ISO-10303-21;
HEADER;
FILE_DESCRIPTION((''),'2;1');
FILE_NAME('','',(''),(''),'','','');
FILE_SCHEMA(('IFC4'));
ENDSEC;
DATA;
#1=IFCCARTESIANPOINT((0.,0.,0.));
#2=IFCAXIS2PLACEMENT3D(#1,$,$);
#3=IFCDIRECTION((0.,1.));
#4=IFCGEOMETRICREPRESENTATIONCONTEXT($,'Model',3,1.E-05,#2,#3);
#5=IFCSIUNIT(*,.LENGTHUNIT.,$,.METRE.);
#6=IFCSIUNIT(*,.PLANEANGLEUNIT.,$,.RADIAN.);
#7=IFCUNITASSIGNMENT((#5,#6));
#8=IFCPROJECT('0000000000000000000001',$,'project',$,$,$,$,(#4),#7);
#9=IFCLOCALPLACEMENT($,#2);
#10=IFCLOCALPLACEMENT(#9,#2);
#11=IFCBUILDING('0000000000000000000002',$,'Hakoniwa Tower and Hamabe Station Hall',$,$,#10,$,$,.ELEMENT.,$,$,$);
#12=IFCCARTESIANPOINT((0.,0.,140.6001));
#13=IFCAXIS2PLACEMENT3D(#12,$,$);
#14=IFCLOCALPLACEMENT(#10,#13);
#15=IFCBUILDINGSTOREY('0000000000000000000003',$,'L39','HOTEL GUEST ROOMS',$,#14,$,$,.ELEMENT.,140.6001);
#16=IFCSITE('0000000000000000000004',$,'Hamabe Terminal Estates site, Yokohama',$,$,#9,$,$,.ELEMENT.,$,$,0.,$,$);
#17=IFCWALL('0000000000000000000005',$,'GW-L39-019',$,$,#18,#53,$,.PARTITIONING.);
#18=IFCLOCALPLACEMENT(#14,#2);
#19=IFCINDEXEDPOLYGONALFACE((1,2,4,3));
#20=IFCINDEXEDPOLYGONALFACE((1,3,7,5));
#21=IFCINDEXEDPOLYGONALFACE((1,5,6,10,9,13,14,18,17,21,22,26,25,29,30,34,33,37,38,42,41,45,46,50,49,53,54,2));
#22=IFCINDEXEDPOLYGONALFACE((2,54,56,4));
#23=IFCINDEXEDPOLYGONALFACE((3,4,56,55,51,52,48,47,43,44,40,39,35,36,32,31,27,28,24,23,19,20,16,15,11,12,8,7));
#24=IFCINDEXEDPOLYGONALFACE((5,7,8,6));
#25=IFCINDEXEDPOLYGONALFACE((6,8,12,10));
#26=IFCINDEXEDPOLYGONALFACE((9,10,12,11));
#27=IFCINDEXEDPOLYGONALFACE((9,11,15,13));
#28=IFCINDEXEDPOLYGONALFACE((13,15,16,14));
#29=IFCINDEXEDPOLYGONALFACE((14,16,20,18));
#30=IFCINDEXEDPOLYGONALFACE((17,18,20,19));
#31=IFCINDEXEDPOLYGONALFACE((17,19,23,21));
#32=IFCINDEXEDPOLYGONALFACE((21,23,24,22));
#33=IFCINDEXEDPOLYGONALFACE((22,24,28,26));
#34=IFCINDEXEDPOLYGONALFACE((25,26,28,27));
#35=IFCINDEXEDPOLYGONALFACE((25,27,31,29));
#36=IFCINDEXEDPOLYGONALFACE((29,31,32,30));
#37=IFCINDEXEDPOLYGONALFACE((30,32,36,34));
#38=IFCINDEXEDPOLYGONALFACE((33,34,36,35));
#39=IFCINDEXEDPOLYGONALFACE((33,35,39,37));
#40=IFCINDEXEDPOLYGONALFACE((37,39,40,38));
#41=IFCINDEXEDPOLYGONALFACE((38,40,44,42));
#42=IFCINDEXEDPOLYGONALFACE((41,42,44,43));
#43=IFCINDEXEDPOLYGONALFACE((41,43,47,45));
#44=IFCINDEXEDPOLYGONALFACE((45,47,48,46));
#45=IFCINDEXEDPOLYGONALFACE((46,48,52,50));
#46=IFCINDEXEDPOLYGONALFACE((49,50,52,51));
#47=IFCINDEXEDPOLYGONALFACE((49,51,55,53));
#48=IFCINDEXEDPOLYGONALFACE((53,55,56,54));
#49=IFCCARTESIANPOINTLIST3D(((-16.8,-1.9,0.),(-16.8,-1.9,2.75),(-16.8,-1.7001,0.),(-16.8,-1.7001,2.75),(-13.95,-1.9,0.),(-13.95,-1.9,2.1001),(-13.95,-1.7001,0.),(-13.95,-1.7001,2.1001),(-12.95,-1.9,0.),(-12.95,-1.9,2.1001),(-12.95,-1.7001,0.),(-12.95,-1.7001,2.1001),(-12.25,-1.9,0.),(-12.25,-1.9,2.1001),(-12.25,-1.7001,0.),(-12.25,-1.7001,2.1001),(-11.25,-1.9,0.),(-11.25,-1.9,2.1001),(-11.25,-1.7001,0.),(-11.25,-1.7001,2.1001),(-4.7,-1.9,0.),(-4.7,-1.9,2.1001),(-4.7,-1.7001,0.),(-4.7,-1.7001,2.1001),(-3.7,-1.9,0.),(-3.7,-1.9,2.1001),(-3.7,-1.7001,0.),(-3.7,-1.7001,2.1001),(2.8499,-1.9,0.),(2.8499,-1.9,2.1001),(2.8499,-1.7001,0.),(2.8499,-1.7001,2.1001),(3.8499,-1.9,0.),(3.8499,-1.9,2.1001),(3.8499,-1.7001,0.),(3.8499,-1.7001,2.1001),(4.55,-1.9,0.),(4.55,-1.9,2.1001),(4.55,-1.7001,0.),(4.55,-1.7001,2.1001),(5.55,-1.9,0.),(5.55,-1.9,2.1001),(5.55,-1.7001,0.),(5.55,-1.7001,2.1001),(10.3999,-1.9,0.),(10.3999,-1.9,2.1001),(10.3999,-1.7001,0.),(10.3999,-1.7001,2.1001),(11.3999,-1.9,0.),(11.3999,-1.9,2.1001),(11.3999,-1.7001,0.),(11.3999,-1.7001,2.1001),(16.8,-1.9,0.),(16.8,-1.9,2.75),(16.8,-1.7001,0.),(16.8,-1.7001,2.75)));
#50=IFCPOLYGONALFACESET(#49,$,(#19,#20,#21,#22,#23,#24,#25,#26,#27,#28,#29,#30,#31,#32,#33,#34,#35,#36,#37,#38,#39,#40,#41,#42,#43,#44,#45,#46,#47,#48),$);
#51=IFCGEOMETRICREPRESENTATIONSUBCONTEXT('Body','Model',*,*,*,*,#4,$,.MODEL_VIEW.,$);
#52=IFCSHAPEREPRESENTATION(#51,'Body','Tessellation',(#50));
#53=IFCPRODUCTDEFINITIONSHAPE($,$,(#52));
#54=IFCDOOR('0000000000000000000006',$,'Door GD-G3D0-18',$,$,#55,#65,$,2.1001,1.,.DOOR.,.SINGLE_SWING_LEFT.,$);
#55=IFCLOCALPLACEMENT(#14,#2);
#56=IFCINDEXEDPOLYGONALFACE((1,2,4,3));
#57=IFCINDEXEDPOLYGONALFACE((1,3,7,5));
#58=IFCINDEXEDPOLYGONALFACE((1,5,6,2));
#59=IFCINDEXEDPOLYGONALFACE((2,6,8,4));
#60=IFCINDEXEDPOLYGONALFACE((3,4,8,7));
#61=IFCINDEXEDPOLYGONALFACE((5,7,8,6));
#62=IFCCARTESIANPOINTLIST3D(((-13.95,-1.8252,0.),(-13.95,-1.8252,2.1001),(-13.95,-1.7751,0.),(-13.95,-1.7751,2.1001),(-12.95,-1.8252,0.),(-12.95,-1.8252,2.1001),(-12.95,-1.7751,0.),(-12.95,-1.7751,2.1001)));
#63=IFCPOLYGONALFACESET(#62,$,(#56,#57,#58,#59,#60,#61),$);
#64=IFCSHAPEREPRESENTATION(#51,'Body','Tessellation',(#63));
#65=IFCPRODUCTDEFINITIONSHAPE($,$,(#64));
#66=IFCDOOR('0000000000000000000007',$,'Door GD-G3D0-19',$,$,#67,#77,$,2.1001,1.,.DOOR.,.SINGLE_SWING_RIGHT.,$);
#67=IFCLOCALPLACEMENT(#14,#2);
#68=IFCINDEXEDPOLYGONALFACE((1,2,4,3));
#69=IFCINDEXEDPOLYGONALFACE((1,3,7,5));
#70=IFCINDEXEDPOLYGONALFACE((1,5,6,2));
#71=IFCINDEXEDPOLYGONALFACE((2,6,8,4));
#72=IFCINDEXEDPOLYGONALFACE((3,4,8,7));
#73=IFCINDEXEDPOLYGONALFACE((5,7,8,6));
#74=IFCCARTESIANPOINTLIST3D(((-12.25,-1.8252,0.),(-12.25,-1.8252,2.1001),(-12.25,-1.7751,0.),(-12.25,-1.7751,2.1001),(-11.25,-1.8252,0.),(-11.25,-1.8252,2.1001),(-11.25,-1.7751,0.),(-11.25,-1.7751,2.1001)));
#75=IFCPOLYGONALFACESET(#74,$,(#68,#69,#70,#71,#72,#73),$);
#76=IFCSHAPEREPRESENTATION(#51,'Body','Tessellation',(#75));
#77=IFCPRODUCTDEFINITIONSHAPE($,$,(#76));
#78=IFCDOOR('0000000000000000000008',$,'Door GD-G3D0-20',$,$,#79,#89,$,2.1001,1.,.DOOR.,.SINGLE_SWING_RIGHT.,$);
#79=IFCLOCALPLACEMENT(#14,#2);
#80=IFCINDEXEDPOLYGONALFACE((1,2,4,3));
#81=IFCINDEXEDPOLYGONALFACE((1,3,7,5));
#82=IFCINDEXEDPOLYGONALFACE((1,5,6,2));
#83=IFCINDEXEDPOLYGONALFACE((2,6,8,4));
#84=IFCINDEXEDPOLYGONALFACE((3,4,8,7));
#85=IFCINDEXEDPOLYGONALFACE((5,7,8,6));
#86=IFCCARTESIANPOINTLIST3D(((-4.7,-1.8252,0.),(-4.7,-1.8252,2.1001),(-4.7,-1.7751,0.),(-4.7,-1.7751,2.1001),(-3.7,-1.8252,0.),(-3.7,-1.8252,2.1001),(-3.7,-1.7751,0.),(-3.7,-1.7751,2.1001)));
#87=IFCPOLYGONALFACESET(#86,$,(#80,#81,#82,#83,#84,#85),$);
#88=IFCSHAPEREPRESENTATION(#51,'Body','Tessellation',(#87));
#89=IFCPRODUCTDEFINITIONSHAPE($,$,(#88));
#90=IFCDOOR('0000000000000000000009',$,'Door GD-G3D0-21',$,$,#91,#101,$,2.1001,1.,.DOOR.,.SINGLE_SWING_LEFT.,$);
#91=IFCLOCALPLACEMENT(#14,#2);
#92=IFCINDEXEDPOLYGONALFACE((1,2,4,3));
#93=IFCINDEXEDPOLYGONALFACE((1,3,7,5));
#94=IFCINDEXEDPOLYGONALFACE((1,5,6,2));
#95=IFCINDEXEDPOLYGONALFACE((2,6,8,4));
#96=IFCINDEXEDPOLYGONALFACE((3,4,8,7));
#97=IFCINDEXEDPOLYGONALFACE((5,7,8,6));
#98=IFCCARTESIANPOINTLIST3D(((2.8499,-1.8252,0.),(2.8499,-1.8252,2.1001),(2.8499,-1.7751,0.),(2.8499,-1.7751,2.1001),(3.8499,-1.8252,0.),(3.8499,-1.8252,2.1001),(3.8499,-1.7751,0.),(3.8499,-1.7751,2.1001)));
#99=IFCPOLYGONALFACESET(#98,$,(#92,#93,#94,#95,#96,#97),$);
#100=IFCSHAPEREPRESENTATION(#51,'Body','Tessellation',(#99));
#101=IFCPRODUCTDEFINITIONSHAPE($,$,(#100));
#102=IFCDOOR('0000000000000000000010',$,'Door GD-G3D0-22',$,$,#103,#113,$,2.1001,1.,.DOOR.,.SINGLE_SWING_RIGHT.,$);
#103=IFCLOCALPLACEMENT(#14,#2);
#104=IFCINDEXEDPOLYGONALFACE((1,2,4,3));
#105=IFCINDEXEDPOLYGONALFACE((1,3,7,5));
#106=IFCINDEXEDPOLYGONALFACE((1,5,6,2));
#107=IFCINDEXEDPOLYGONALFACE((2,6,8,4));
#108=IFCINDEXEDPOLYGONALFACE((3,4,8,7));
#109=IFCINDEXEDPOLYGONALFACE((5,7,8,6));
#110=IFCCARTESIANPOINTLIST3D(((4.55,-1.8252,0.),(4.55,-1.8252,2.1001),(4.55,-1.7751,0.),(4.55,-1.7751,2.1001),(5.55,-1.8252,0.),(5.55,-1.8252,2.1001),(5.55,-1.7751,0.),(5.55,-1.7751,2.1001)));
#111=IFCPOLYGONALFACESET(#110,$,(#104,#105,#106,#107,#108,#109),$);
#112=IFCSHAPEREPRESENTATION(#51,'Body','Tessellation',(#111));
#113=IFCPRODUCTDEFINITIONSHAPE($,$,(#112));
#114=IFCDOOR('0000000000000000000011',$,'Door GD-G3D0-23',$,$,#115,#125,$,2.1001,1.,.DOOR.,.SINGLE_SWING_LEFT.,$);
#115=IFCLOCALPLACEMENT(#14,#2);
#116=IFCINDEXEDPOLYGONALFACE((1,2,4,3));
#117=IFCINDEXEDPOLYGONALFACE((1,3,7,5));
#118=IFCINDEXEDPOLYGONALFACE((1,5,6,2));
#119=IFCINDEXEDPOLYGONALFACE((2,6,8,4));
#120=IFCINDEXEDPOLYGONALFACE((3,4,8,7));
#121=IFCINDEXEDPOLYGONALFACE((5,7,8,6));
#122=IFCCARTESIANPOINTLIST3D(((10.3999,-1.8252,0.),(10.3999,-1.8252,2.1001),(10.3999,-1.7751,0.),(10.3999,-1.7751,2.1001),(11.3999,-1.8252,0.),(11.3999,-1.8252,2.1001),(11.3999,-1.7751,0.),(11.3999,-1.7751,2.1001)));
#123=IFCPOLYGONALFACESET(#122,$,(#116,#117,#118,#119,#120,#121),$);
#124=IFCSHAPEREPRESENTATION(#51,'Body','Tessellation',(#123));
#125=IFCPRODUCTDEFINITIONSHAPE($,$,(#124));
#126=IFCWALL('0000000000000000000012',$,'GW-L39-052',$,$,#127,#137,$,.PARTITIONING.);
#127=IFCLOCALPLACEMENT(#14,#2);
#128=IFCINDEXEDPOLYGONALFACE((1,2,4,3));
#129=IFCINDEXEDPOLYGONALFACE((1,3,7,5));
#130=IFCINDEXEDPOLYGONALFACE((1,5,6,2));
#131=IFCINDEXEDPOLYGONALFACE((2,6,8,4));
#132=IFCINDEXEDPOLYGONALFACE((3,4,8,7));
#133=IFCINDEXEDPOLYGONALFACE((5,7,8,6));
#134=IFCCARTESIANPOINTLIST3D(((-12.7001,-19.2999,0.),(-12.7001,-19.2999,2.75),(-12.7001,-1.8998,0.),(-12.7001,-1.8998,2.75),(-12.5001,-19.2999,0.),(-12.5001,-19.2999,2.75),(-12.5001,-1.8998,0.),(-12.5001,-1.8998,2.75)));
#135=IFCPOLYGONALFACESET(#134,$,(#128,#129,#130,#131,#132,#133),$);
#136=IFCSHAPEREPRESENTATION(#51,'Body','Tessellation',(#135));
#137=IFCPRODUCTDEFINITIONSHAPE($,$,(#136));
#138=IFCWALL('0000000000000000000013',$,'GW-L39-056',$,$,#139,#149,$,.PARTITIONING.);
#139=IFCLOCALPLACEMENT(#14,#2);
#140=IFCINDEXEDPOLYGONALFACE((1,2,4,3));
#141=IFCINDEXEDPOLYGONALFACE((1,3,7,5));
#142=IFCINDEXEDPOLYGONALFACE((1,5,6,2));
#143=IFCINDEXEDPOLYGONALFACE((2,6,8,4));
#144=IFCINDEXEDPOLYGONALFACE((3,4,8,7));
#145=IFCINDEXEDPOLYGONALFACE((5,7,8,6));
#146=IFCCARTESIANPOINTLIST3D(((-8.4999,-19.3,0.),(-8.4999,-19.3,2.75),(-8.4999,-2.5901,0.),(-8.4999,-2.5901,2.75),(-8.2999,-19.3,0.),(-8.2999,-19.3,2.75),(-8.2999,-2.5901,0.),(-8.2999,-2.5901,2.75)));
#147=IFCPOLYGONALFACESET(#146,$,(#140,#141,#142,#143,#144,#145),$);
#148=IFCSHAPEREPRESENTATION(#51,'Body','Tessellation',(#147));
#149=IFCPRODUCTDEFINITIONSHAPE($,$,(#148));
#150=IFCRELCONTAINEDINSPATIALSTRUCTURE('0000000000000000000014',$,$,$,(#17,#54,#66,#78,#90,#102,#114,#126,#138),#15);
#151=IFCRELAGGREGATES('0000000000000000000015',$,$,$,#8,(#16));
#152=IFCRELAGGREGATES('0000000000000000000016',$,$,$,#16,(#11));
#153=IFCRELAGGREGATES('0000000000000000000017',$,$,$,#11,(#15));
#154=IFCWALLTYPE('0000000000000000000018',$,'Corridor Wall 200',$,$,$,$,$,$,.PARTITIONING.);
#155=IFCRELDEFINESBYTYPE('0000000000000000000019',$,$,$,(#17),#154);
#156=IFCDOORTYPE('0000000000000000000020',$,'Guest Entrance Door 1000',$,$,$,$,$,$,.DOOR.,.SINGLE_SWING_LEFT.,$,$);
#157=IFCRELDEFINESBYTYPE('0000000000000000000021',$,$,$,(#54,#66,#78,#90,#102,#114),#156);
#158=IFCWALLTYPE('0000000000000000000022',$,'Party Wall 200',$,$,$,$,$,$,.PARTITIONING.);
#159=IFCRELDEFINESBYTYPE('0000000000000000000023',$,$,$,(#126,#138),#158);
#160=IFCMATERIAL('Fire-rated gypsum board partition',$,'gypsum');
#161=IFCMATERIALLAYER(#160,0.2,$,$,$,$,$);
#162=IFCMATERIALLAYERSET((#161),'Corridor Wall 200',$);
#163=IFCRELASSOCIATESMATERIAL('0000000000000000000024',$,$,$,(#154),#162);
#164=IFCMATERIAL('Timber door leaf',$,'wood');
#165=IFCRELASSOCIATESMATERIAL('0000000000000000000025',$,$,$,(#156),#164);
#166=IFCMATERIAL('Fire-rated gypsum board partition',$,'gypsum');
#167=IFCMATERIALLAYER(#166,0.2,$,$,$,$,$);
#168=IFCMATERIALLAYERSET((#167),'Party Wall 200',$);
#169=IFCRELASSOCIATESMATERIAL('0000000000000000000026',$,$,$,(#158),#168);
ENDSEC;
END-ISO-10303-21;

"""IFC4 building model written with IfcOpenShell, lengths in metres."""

from ifc_helpers import new_model, si_unit, direction, frame, frame_2d, origin, place, context, subcontext, project, spatial, rectangle, extrude, material, layer, layer_set, type_object, element, fill, save


model = new_model("IFC4")

# Units and contexts
model_context = context("Model", 3, precision=1e-05, world=origin(), true_north=direction((0.0, 1.0)))
body_context = subcontext(model_context, "Body", "Model", "MODEL_VIEW")
ifc_project = project(units=[si_unit("LENGTHUNIT", "METRE"), si_unit("PLANEANGLEUNIT", "RADIAN")], contexts=[model_context])

# Site, building, storey
site_placement = place(None, origin())
site = spatial("IfcSite", under=ifc_project, at=site_placement, Name="Hamabe Terminal Estates site, Yokohama", CompositionType="ELEMENT", RefElevation=0.0)
building_placement = place(site_placement, origin())
building = spatial("IfcBuilding", under=site, at=building_placement, Name="Hakoniwa Tower and Hamabe Station Hall", CompositionType="ELEMENT")
storey_placement = place(building_placement, frame((0.0, 0.0, 140.6001)))
storey = spatial("IfcBuildingStorey", under=building, at=storey_placement, Name="L39", Description="HOTEL GUEST ROOMS", CompositionType="ELEMENT", Elevation=140.6001)

# Wall, openings, doors
ifc_material_1 = material(Name="Fire-rated gypsum board partition", Category="gypsum")
ifc_layer_1 = layer(ifc_material_1, 0.2)
ifc_layer_set_1 = layer_set([ifc_layer_1], Name="Corridor Wall 200")
wall_type_1 = type_object("IfcWallType", Name="Corridor Wall 200", PredefinedType="PARTITIONING", material=ifc_layer_set_1)
wall_1_placement = place(storey_placement, frame((-16.8, -1.8, 0.0), z_axis=(0.0, 0.0, 1.0), x_axis=(1.0, 0.0, 0.0)))
wall_1 = element("IfcWall", 1, at=wall_1_placement, inside=storey, type_object=wall_type_1, Name="GW-L39-019", PredefinedType="PARTITIONING", context=body_context, shape_type="SweptSolid", body=[
    extrude(rectangle(XDim=33.6001, YDim=0.2, at=frame_2d((16.8, 0.0))), origin(), (0.0, 0.0, 1.0), 2.75),
])
opening_1_placement = place(wall_1_placement, frame((2.8501, 0.0, 0.0)))
opening_1 = element("IfcOpeningElement", 2, at=opening_1_placement, cuts=wall_1, PredefinedType="OPENING", context=body_context, shape_type="SweptSolid", body=[
    extrude(rectangle(XDim=1.0, YDim=2.1001, at=frame_2d((0.5, 1.05))), frame((0.0, 0.1099, 0.0), z_axis=(0.0, -1.0, 0.0), x_axis=(1.0, 0.0, 0.0)), (0.0, 0.0, 1.0), 0.22),
])
opening_2_placement = place(wall_1_placement, frame((4.55, 0.0, 0.0)))
opening_2 = element("IfcOpeningElement", 3, at=opening_2_placement, cuts=wall_1, PredefinedType="OPENING", context=body_context, shape_type="SweptSolid", body=[
    extrude(rectangle(XDim=1.0, YDim=2.1001, at=frame_2d((0.5, 1.05))), frame((0.0, 0.1099, 0.0), z_axis=(0.0, -1.0, 0.0), x_axis=(1.0, 0.0, 0.0)), (0.0, 0.0, 1.0), 0.22),
])
opening_3_placement = place(wall_1_placement, frame((12.1001, 0.0, 0.0)))
opening_3 = element("IfcOpeningElement", 4, at=opening_3_placement, cuts=wall_1, PredefinedType="OPENING", context=body_context, shape_type="SweptSolid", body=[
    extrude(rectangle(XDim=1.0, YDim=2.1001, at=frame_2d((0.5, 1.05))), frame((0.0, 0.1099, 0.0), z_axis=(0.0, -1.0, 0.0), x_axis=(1.0, 0.0, 0.0)), (0.0, 0.0, 1.0), 0.22),
])
opening_4_placement = place(wall_1_placement, frame((19.6499, 0.0, 0.0)))
opening_4 = element("IfcOpeningElement", 5, at=opening_4_placement, cuts=wall_1, PredefinedType="OPENING", context=body_context, shape_type="SweptSolid", body=[
    extrude(rectangle(XDim=1.0, YDim=2.1001, at=frame_2d((0.5, 1.05))), frame((0.0, 0.1099, 0.0), z_axis=(0.0, -1.0, 0.0), x_axis=(1.0, 0.0, 0.0)), (0.0, 0.0, 1.0), 0.22),
])
opening_5_placement = place(wall_1_placement, frame((21.3501, 0.0, 0.0)))
opening_5 = element("IfcOpeningElement", 6, at=opening_5_placement, cuts=wall_1, PredefinedType="OPENING", context=body_context, shape_type="SweptSolid", body=[
    extrude(rectangle(XDim=1.0, YDim=2.1001, at=frame_2d((0.5, 1.05))), frame((0.0, 0.1099, 0.0), z_axis=(0.0, -1.0, 0.0), x_axis=(1.0, 0.0, 0.0)), (0.0, 0.0, 1.0), 0.22),
])
opening_6_placement = place(wall_1_placement, frame((27.2, 0.0, 0.0)))
opening_6 = element("IfcOpeningElement", 7, at=opening_6_placement, cuts=wall_1, PredefinedType="OPENING", context=body_context, shape_type="SweptSolid", body=[
    extrude(rectangle(XDim=1.0, YDim=2.1001, at=frame_2d((0.5, 1.05))), frame((0.0, 0.1099, 0.0), z_axis=(0.0, -1.0, 0.0), x_axis=(1.0, 0.0, 0.0)), (0.0, 0.0, 1.0), 0.22),
])
ifc_material_2 = material(Name="Timber door leaf", Category="wood")
door_type_1 = type_object("IfcDoorType", Name="Guest Entrance Door 1000", OperationType="SINGLE_SWING_LEFT", PredefinedType="DOOR", material=ifc_material_2)
door_1_placement = place(opening_1_placement, origin())
door_1 = element("IfcDoor", 8, at=door_1_placement, inside=storey, type_object=door_type_1, Name="Door GD-G3D0-18", OperationType="SINGLE_SWING_LEFT", OverallHeight=2.1001, OverallWidth=1.0, PredefinedType="DOOR", context=body_context, shape_type="SweptSolid", body=[
    extrude(rectangle(XDim=1.0, YDim=2.1001, at=frame_2d((0.5, 1.05))), frame((0.0, 0.0249, 0.0), z_axis=(0.0, -1.0, 0.0), x_axis=(1.0, 0.0, 0.0)), (0.0, 0.0, 1.0), 0.05),
])
fill(opening_1, door_1)
door_2_placement = place(opening_2_placement, origin())
door_2 = element("IfcDoor", 9, at=door_2_placement, inside=storey, type_object=door_type_1, Name="Door GD-G3D0-19", OperationType="SINGLE_SWING_RIGHT", OverallHeight=2.1001, OverallWidth=1.0, PredefinedType="DOOR", context=body_context, shape_type="SweptSolid", body=[
    extrude(rectangle(XDim=1.0, YDim=2.1001, at=frame_2d((0.5, 1.05))), frame((0.0, 0.0249, 0.0), z_axis=(0.0, -1.0, 0.0), x_axis=(1.0, 0.0, 0.0)), (0.0, 0.0, 1.0), 0.05),
])
fill(opening_2, door_2)
door_3_placement = place(opening_3_placement, origin())
door_3 = element("IfcDoor", 10, at=door_3_placement, inside=storey, type_object=door_type_1, Name="Door GD-G3D0-20", OperationType="SINGLE_SWING_RIGHT", OverallHeight=2.1001, OverallWidth=1.0, PredefinedType="DOOR", context=body_context, shape_type="SweptSolid", body=[
    extrude(rectangle(XDim=1.0, YDim=2.1001, at=frame_2d((0.5, 1.05))), frame((0.0, 0.0249, 0.0), z_axis=(0.0, -1.0, 0.0), x_axis=(1.0, 0.0, 0.0)), (0.0, 0.0, 1.0), 0.05),
])
fill(opening_3, door_3)
door_4_placement = place(opening_4_placement, origin())
door_4 = element("IfcDoor", 11, at=door_4_placement, inside=storey, type_object=door_type_1, Name="Door GD-G3D0-21", OperationType="SINGLE_SWING_LEFT", OverallHeight=2.1001, OverallWidth=1.0, PredefinedType="DOOR", context=body_context, shape_type="SweptSolid", body=[
    extrude(rectangle(XDim=1.0, YDim=2.1001, at=frame_2d((0.5, 1.05))), frame((0.0, 0.0249, 0.0), z_axis=(0.0, -1.0, 0.0), x_axis=(1.0, 0.0, 0.0)), (0.0, 0.0, 1.0), 0.05),
])
fill(opening_4, door_4)
door_5_placement = place(opening_5_placement, origin())
door_5 = element("IfcDoor", 12, at=door_5_placement, inside=storey, type_object=door_type_1, Name="Door GD-G3D0-22", OperationType="SINGLE_SWING_RIGHT", OverallHeight=2.1001, OverallWidth=1.0, PredefinedType="DOOR", context=body_context, shape_type="SweptSolid", body=[
    extrude(rectangle(XDim=1.0, YDim=2.1001, at=frame_2d((0.5, 1.05))), frame((0.0, 0.0249, 0.0), z_axis=(0.0, -1.0, 0.0), x_axis=(1.0, 0.0, 0.0)), (0.0, 0.0, 1.0), 0.05),
])
fill(opening_5, door_5)
door_6_placement = place(opening_6_placement, origin())
door_6 = element("IfcDoor", 13, at=door_6_placement, inside=storey, type_object=door_type_1, Name="Door GD-G3D0-23", OperationType="SINGLE_SWING_LEFT", OverallHeight=2.1001, OverallWidth=1.0, PredefinedType="DOOR", context=body_context, shape_type="SweptSolid", body=[
    extrude(rectangle(XDim=1.0, YDim=2.1001, at=frame_2d((0.5, 1.05))), frame((0.0, 0.0249, 0.0), z_axis=(0.0, -1.0, 0.0), x_axis=(1.0, 0.0, 0.0)), (0.0, 0.0, 1.0), 0.05),
])
fill(opening_6, door_6)

# Walls
ifc_material_3 = material(Name="Fire-rated gypsum board partition", Category="gypsum")
ifc_layer_2 = layer(ifc_material_3, 0.2)
ifc_layer_set_2 = layer_set([ifc_layer_2], Name="Party Wall 200")
wall_type_2 = type_object("IfcWallType", Name="Party Wall 200", PredefinedType="PARTITIONING", material=ifc_layer_set_2)
wall_2_placement = place(storey_placement, frame((-12.6001, -19.3, 0.0), z_axis=(0.0, 0.0, 1.0), x_axis=(0.0, 1.0, 0.0)))
element("IfcWall", 14, at=wall_2_placement, inside=storey, type_object=wall_type_2, Name="GW-L39-052", PredefinedType="PARTITIONING", context=body_context, shape_type="SweptSolid", body=[
    extrude(rectangle(XDim=17.4001, YDim=0.2, at=frame_2d((8.7002, 0.0))), origin(), (0.0, 0.0, 1.0), 2.75),
])
wall_3_placement = place(storey_placement, frame((-8.3999, -19.3, 0.0), z_axis=(0.0, 0.0, 1.0), x_axis=(0.0, 1.0, 0.0)))
element("IfcWall", 15, at=wall_3_placement, inside=storey, type_object=wall_type_2, Name="GW-L39-056", PredefinedType="PARTITIONING", context=body_context, shape_type="SweptSolid", body=[
    extrude(rectangle(XDim=16.71, YDim=0.2, at=frame_2d((8.355, 0.0))), origin(), (0.0, 0.0, 1.0), 2.75),
])

save(model, "model.ifc")
